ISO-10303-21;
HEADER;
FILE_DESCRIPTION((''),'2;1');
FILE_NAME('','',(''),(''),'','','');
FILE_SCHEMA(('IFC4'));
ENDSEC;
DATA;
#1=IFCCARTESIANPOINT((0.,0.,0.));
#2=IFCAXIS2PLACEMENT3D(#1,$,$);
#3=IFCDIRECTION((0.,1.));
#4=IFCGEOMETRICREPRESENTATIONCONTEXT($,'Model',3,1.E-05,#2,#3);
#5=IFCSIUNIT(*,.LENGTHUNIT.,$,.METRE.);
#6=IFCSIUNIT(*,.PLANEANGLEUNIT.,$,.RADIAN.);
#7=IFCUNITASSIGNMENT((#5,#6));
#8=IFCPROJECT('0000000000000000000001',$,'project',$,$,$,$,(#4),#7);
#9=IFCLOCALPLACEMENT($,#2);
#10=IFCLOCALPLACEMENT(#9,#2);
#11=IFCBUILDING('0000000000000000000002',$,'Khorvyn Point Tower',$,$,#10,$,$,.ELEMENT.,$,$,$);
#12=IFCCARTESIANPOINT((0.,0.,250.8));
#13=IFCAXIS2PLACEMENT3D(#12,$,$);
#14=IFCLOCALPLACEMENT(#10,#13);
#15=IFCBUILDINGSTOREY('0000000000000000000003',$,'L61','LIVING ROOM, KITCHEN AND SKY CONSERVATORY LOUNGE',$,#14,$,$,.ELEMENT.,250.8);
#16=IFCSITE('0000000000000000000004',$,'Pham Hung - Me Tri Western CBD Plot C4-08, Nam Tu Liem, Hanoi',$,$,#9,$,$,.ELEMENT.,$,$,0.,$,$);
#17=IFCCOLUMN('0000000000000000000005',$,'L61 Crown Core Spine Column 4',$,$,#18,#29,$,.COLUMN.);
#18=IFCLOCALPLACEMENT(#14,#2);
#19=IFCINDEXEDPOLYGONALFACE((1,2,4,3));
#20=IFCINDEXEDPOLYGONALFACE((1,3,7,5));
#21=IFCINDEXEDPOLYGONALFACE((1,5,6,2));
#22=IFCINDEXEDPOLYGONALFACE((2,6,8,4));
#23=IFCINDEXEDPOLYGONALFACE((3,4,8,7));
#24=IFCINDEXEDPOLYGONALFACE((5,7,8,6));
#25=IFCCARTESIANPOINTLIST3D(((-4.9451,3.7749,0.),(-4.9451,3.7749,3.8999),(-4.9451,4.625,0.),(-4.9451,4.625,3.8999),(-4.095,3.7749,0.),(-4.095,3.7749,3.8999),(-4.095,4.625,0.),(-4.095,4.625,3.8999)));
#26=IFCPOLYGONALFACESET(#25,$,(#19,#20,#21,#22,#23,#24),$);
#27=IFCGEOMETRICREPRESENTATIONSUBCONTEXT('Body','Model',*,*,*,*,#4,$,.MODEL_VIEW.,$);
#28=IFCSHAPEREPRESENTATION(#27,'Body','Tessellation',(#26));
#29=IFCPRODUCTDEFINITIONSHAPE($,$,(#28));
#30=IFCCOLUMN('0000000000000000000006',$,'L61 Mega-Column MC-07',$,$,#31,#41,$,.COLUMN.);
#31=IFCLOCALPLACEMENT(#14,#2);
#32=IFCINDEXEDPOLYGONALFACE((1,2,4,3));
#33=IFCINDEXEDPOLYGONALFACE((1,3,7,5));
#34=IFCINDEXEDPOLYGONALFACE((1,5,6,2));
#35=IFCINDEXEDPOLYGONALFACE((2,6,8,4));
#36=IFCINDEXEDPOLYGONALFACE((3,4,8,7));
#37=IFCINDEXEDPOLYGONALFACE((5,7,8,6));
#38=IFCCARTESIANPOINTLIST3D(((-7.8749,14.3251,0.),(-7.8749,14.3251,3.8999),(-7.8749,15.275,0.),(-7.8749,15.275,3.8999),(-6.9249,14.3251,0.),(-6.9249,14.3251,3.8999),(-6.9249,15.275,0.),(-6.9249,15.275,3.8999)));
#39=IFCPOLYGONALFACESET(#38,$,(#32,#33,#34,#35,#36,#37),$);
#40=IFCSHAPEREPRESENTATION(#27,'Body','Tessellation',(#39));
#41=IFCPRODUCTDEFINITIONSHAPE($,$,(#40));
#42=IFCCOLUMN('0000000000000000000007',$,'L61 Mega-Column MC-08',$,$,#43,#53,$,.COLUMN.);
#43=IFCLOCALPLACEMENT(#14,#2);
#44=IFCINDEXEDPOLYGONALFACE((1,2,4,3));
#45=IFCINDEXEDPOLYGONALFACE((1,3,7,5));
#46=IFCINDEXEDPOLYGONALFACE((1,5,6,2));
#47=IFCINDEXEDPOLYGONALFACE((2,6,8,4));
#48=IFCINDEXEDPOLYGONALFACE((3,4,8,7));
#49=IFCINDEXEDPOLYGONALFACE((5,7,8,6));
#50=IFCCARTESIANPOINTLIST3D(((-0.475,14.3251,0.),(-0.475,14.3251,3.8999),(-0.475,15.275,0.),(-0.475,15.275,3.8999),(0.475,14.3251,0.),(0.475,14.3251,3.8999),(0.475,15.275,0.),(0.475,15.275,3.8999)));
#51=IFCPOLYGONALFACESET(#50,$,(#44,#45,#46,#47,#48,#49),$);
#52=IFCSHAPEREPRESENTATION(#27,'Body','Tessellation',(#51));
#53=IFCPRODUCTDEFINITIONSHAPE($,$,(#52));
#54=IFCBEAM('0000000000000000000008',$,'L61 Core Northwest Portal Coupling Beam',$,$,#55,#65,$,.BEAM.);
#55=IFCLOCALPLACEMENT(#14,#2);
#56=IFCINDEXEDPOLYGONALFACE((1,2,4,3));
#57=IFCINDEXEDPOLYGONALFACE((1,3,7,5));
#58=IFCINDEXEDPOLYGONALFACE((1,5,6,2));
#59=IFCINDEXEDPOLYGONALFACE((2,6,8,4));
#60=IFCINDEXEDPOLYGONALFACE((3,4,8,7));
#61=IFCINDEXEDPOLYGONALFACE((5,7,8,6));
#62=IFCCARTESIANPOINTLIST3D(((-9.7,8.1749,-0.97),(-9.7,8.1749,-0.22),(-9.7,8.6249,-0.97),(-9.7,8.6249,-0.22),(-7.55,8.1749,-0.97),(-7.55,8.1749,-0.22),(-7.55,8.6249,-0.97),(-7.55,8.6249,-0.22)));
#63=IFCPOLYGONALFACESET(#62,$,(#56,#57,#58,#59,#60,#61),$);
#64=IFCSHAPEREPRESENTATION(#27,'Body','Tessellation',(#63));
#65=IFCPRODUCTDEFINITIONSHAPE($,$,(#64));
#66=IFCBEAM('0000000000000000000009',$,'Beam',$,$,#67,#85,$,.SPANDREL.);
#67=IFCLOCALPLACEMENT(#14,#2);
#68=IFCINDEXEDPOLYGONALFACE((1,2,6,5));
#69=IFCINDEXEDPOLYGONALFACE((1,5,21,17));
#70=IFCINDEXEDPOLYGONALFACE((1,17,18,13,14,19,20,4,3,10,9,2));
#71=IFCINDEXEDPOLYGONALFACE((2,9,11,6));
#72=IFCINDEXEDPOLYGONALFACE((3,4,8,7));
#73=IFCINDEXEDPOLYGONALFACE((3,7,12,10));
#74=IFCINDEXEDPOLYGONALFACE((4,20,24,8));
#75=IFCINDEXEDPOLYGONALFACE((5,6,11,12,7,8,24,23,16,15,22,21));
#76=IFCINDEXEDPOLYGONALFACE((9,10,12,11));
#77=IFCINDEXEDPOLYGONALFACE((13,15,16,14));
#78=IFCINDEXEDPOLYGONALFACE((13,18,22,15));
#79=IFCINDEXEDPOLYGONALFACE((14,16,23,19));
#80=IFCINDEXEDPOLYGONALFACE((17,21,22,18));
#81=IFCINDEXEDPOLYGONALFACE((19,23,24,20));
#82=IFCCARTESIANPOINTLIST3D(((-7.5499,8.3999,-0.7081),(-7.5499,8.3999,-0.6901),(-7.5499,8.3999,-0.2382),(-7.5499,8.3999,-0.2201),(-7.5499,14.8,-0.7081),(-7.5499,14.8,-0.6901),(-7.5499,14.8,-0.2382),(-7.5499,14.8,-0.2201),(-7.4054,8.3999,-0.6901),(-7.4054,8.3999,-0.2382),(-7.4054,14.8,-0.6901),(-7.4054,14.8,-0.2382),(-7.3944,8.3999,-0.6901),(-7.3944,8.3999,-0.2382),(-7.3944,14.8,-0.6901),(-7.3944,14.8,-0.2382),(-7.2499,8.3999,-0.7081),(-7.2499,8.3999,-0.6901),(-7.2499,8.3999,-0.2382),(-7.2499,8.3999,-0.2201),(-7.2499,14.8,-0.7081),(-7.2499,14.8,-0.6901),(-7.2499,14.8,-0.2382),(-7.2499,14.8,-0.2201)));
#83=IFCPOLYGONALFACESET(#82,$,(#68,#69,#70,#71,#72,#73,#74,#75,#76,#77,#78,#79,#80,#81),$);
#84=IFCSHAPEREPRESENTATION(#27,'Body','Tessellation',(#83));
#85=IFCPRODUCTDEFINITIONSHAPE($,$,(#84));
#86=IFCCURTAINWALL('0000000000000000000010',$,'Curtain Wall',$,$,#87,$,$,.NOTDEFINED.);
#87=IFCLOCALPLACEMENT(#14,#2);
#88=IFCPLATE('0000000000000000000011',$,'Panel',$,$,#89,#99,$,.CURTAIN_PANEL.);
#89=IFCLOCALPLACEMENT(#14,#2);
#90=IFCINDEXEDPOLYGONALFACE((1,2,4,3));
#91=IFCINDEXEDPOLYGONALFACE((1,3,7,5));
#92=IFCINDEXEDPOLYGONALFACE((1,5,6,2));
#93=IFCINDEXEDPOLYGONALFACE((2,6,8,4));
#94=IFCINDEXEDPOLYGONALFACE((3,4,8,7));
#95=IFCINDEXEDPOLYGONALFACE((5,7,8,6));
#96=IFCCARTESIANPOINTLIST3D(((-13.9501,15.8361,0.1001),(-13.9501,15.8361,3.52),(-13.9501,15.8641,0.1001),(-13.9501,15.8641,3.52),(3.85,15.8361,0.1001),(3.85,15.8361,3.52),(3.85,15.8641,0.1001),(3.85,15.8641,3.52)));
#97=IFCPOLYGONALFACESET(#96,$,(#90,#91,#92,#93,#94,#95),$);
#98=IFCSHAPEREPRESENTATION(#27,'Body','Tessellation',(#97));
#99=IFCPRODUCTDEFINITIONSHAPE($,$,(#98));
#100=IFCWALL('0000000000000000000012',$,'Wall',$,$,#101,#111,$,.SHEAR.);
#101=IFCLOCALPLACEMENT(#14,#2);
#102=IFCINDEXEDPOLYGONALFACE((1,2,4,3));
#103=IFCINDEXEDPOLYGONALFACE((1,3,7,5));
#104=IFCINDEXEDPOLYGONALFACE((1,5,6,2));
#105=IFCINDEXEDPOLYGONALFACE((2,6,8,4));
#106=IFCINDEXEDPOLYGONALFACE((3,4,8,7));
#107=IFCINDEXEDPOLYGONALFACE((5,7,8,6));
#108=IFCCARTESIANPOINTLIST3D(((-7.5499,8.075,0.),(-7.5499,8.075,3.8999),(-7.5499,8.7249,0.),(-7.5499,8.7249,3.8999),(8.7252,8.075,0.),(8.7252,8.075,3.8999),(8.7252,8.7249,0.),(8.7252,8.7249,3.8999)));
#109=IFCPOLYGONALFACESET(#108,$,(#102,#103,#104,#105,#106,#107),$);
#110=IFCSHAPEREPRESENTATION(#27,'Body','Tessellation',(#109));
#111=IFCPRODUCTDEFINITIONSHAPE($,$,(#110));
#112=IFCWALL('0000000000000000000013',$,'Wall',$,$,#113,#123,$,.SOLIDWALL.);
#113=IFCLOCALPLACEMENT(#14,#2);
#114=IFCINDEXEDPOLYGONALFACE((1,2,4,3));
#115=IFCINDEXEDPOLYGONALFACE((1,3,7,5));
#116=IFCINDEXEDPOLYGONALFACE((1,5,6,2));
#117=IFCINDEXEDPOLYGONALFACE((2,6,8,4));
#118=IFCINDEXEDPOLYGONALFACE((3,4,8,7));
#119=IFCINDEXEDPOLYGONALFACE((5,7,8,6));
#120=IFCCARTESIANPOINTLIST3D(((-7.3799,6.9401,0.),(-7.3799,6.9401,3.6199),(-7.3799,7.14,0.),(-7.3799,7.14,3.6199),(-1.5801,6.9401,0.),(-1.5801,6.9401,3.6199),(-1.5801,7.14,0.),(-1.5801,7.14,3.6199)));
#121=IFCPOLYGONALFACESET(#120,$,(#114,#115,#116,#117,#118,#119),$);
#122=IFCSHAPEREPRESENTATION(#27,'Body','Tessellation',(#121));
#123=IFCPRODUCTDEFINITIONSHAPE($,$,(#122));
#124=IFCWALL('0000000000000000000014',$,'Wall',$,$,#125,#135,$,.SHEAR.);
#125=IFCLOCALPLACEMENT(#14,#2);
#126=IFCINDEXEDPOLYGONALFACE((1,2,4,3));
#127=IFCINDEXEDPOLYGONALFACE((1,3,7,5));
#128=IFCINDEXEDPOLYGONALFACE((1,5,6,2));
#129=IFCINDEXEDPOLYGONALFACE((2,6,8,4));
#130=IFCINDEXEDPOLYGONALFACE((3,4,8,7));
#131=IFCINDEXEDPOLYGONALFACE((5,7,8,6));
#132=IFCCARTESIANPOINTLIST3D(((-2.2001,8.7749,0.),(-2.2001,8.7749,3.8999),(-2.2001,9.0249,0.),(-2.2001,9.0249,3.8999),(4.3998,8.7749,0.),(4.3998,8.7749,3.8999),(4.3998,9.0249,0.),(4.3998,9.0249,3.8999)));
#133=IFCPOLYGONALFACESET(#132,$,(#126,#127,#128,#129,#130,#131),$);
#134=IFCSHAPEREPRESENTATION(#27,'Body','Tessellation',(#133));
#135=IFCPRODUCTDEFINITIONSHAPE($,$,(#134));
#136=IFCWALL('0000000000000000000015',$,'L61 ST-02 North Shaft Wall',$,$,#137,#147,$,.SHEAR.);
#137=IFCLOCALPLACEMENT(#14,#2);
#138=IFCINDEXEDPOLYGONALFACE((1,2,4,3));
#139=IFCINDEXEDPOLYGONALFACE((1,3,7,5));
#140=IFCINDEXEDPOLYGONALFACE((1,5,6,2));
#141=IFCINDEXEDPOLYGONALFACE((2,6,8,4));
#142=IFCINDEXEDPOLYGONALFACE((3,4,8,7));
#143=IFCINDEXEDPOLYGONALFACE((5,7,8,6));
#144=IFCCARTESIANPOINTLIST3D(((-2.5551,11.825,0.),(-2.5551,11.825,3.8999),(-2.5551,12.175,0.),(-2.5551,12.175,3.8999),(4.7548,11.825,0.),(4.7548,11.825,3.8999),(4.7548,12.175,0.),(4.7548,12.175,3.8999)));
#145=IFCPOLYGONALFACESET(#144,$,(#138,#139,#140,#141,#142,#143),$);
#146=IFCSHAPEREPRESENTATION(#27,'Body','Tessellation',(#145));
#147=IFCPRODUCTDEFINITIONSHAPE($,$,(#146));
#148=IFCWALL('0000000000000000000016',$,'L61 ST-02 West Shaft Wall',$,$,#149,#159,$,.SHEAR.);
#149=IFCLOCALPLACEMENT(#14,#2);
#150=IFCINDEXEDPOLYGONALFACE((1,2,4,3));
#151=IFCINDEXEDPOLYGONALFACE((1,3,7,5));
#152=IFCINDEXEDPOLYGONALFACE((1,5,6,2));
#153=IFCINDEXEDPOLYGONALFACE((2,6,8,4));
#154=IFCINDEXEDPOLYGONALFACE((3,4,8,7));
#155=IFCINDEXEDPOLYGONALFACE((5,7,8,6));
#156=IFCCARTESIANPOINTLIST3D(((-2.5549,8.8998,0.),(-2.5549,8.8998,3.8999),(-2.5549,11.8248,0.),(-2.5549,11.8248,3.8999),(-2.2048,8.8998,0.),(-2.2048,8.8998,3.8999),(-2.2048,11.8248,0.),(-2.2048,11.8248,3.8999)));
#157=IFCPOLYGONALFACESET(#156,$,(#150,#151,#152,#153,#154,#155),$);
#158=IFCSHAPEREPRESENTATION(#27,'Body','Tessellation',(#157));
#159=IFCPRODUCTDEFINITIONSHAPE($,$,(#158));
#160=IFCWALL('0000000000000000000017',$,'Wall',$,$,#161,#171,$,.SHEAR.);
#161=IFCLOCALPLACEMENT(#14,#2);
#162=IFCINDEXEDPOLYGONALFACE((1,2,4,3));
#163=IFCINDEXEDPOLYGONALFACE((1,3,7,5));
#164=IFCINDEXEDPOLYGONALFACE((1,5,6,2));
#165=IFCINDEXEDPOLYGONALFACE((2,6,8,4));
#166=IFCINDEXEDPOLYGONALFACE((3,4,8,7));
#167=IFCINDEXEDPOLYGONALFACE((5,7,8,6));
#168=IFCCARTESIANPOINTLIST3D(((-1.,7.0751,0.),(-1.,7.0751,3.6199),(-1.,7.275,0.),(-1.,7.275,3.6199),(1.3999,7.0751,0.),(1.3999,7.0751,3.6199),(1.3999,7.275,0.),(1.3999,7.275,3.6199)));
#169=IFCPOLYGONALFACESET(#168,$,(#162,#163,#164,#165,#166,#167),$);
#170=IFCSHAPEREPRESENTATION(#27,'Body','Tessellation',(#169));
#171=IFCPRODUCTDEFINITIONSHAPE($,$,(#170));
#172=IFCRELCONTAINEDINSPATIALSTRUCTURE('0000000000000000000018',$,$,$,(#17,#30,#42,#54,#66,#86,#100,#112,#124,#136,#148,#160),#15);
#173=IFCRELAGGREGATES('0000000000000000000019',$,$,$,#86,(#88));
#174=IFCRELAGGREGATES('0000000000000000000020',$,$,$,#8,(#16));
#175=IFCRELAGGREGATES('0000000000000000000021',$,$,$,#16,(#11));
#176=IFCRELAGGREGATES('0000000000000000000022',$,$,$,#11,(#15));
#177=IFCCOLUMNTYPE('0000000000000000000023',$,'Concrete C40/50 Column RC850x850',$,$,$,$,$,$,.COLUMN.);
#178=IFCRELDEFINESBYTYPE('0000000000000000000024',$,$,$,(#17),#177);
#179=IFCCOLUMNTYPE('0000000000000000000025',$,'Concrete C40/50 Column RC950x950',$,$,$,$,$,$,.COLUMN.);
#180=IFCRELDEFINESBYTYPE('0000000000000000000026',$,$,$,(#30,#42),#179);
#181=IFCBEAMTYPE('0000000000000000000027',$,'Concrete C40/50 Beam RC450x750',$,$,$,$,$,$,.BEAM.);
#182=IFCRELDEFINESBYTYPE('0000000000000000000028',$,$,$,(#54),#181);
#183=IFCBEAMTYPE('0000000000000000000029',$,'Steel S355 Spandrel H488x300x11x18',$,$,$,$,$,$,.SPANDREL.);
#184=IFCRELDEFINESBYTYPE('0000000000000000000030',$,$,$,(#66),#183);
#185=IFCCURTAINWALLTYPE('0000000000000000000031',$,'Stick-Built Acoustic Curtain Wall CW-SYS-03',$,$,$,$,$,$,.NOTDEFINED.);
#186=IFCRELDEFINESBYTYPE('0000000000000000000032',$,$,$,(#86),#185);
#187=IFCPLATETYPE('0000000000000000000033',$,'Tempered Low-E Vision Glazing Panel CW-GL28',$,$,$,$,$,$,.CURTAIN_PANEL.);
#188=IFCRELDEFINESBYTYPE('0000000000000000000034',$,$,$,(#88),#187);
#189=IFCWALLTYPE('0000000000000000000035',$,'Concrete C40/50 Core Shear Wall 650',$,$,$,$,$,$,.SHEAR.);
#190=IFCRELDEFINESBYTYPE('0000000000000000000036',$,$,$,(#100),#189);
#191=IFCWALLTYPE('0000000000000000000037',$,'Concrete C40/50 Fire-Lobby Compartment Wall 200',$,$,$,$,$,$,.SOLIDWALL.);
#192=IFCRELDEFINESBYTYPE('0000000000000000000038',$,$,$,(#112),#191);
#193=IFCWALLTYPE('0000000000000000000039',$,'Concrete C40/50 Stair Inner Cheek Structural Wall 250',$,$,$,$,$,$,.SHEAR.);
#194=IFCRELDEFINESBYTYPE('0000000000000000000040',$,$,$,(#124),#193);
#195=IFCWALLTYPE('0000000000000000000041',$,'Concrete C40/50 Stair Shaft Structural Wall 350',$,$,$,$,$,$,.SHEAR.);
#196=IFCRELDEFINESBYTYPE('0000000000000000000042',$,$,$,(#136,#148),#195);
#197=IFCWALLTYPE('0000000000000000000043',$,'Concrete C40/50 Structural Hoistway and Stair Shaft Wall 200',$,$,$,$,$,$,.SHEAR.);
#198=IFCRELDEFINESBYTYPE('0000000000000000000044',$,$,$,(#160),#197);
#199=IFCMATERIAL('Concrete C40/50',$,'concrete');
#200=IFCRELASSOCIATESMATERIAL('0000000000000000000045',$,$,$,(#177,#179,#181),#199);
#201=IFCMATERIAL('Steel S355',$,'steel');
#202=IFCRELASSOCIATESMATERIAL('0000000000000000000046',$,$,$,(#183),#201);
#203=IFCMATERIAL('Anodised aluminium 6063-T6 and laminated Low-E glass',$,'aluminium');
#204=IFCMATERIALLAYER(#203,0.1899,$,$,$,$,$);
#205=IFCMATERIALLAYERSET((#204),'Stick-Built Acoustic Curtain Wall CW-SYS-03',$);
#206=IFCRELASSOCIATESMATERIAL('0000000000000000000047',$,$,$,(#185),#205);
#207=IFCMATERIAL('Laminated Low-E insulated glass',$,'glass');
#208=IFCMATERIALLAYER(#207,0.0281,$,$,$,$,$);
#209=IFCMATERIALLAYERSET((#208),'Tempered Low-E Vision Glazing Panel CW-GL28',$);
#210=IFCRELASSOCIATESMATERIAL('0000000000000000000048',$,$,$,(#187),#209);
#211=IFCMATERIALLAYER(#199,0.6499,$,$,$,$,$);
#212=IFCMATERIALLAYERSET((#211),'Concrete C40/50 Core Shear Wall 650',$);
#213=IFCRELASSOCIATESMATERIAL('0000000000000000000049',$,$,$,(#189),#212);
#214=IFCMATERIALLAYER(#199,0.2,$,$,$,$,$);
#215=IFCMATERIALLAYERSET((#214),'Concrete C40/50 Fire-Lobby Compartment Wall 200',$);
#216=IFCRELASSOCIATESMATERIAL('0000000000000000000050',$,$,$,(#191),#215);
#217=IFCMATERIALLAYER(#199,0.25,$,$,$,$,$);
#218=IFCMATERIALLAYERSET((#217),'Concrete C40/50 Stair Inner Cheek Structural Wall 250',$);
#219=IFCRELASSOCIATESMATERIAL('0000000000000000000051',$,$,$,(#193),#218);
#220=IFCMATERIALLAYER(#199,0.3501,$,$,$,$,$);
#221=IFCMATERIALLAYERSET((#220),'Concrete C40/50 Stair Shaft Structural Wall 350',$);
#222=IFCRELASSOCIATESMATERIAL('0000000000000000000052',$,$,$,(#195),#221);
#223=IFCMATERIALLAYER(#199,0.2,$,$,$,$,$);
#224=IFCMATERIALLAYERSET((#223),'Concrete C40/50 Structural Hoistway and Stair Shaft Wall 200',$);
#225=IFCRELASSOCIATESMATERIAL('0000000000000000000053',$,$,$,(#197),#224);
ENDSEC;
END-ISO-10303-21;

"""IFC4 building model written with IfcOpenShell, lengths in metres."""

from ifc_helpers import new_model, si_unit, direction, frame, frame_2d, origin, origin_2d, place, context, subcontext, project, spatial, rectangle, i_section, extrude, material, layer, layer_set, material_profile, profile_set, type_object, element, aggregate, save


model = new_model("IFC4")

# Units and contexts
model_context = context("Model", 3, precision=1e-05, world=origin(), true_north=direction((0.0, 1.0)))
body_context = subcontext(model_context, "Body", "Model", "MODEL_VIEW")
ifc_project = project(units=[si_unit("LENGTHUNIT", "METRE"), si_unit("PLANEANGLEUNIT", "RADIAN")], contexts=[model_context])

# Site, building, storey
site_placement = place(None, origin())
site = spatial("IfcSite", under=ifc_project, at=site_placement, Name="Pham Hung - Me Tri Western CBD Plot C4-08, Nam Tu Liem, Hanoi", CompositionType="ELEMENT", RefElevation=0.0)
building_placement = place(site_placement, origin())
building = spatial("IfcBuilding", under=site, at=building_placement, Name="Khorvyn Point Tower", CompositionType="ELEMENT")
storey_placement = place(building_placement, frame((0.0, 0.0, 250.8)))
storey = spatial("IfcBuildingStorey", under=building, at=storey_placement, Name="L61", Description="LIVING ROOM, KITCHEN AND SKY CONSERVATORY LOUNGE", CompositionType="ELEMENT", Elevation=250.8)

# Columns
ifc_material_1 = material(Name="Concrete C40/50", Category="concrete")
ifc_material_profile_1 = material_profile(ifc_material_1, rectangle(XDim=0.8501, YDim=0.8501, at=origin_2d()))
ifc_profile_set_1 = profile_set([ifc_material_profile_1], Name="Concrete C40/50 RC850x850")
column_type_1 = type_object("IfcColumnType", Name="Concrete C40/50 Column RC850x850", PredefinedType="COLUMN", material=ifc_profile_set_1)
column_placement = place(storey_placement, frame((-4.52, 4.2, 0.0), z_axis=(0.0, 0.0, 1.0), x_axis=(1.0, 0.0, 0.0)))
element("IfcColumn", 1, at=column_placement, inside=storey, type_object=column_type_1, Name="L61 Crown Core Spine Column 4", PredefinedType="COLUMN", context=body_context, shape_type="SweptSolid", body=[
    extrude(rectangle(XDim=0.8501, YDim=0.8501, at=origin_2d()), origin(), (0.0, 0.0, 1.0), 3.8999),
])
ifc_material_profile_2 = material_profile(ifc_material_1, rectangle(XDim=0.95, YDim=0.95, at=origin_2d()))
ifc_profile_set_2 = profile_set([ifc_material_profile_2], Name="Concrete C40/50 RC950x950")
column_type_2 = type_object("IfcColumnType", Name="Concrete C40/50 Column RC950x950", PredefinedType="COLUMN", material=ifc_profile_set_2)
for number, where, z_axis, x_axis, name in (
    (2, (-7.3999, 14.8, 0.0), (0.0, 0.0, 1.0), (1.0, 0.0, 0.0), "L61 Mega-Column MC-07"),
    (3, (0.0, 14.8, 0.0), (0.0, 0.0, 1.0), (1.0, 0.0, 0.0), "L61 Mega-Column MC-08"),
):
    element("IfcColumn", number, at=place(storey_placement, frame(where, z_axis=z_axis, x_axis=x_axis)), inside=storey, type_object=column_type_2, Name=name, PredefinedType="COLUMN", context=body_context, shape_type="SweptSolid", body=[
        extrude(rectangle(XDim=0.95, YDim=0.95, at=origin_2d()), origin(), (0.0, 0.0, 1.0), 3.8999),
    ])

# Beams
ifc_material_profile_3 = material_profile(ifc_material_1, rectangle(XDim=0.45, YDim=0.75, at=origin_2d()))
ifc_profile_set_3 = profile_set([ifc_material_profile_3], Name="Concrete C40/50 RC450x750")
beam_type_1 = type_object("IfcBeamType", Name="Concrete C40/50 Beam RC450x750", PredefinedType="BEAM", material=ifc_profile_set_3)
beam_1_placement = place(storey_placement, frame((-9.7, 8.3999, -0.595), z_axis=(1.0, 0.0, 0.0), x_axis=(0.0, 1.0, 0.0)))
element("IfcBeam", 4, at=beam_1_placement, inside=storey, type_object=beam_type_1, Name="L61 Core Northwest Portal Coupling Beam", PredefinedType="BEAM", context=body_context, shape_type="SweptSolid", body=[
    extrude(rectangle(XDim=0.45, YDim=0.75, at=origin_2d()), origin(), (0.0, 0.0, 1.0), 2.1499),
])
ifc_material_2 = material(Name="Steel S355", Category="steel")
ifc_material_profile_4 = material_profile(ifc_material_2, i_section(OverallWidth=0.3, OverallDepth=0.488, WebThickness=0.011, FlangeThickness=0.0181, at=origin_2d()))
ifc_profile_set_4 = profile_set([ifc_material_profile_4], Name="Steel S355 H488x300x11x18")
beam_type_2 = type_object("IfcBeamType", Name="Steel S355 Spandrel H488x300x11x18", PredefinedType="SPANDREL", material=ifc_profile_set_4)
beam_2_placement = place(storey_placement, frame((-7.3999, 8.3999, -0.4641), z_axis=(0.0, 1.0, 0.0), x_axis=(-1.0, 0.0, 0.0)))
element("IfcBeam", 5, at=beam_2_placement, inside=storey, type_object=beam_type_2, Name="Beam", PredefinedType="SPANDREL", context=body_context, shape_type="SweptSolid", body=[
    extrude(i_section(OverallWidth=0.3, OverallDepth=0.488, WebThickness=0.011, FlangeThickness=0.0181, at=origin_2d()), origin(), (0.0, 0.0, 1.0), 6.4001),
])

# Curtain wall, plate
ifc_material_3 = material(Name="Anodised aluminium 6063-T6 and laminated Low-E glass", Category="aluminium")
ifc_layer_1 = layer(ifc_material_3, 0.1899)
ifc_layer_set_1 = layer_set([ifc_layer_1], Name="Stick-Built Acoustic Curtain Wall CW-SYS-03")
curtain_wall_type = type_object("IfcCurtainWallType", Name="Stick-Built Acoustic Curtain Wall CW-SYS-03", PredefinedType="NOTDEFINED", material=ifc_layer_set_1)
curtain_wall_placement = place(storey_placement, origin())
curtain_wall = element("IfcCurtainWall", 6, at=curtain_wall_placement, inside=storey, type_object=curtain_wall_type, Name="Curtain Wall", PredefinedType="NOTDEFINED")
ifc_material_4 = material(Name="Laminated Low-E insulated glass", Category="glass")
ifc_layer_2 = layer(ifc_material_4, 0.0281)
ifc_layer_set_2 = layer_set([ifc_layer_2], Name="Tempered Low-E Vision Glazing Panel CW-GL28")
plate_type = type_object("IfcPlateType", Name="Tempered Low-E Vision Glazing Panel CW-GL28", PredefinedType="CURTAIN_PANEL", material=ifc_layer_set_2)
plate_placement = place(storey_placement, frame((-5.05, 15.8501, 0.1001), z_axis=(0.0, 0.0, 1.0), x_axis=(1.0, 0.0, 0.0)))
plate = element("IfcPlate", 7, at=plate_placement, type_object=plate_type, Name="Panel", PredefinedType="CURTAIN_PANEL", context=body_context, shape_type="SweptSolid", body=[
    extrude(rectangle(XDim=17.8, YDim=0.0281, at=origin_2d()), origin(), (0.0, 0.0, 1.0), 3.4199),
])
aggregate(curtain_wall, [plate])

# Wall
ifc_layer_3 = layer(ifc_material_1, 0.6499)
ifc_layer_set_3 = layer_set([ifc_layer_3], Name="Concrete C40/50 Core Shear Wall 650")
wall_type_1 = type_object("IfcWallType", Name="Concrete C40/50 Core Shear Wall 650", PredefinedType="SHEAR", material=ifc_layer_set_3)
wall_1_placement = place(storey_placement, frame((-7.55, 8.3999, 0.0), z_axis=(0.0, 0.0, 1.0), x_axis=(1.0, 0.0, 0.0)))
element("IfcWall", 8, at=wall_1_placement, inside=storey, type_object=wall_type_1, Name="Wall", PredefinedType="SHEAR", context=body_context, shape_type="SweptSolid", body=[
    extrude(rectangle(XDim=16.2751, YDim=0.6499, at=frame_2d((8.1377, 0.0))), origin(), (0.0, 0.0, 1.0), 3.8999),
])

# Shared definitions
ifc_layer_4 = layer(ifc_material_1, 0.2)
ifc_layer_set_4 = layer_set([ifc_layer_4], Name="Concrete C40/50 Fire-Lobby Compartment Wall 200")
wall_type_2 = type_object("IfcWallType", Name="Concrete C40/50 Fire-Lobby Compartment Wall 200", PredefinedType="SOLIDWALL", material=ifc_layer_set_4)

# Walls
wall_2_placement = place(storey_placement, frame((-7.3799, 7.04, 0.0), z_axis=(0.0, 0.0, 1.0), x_axis=(1.0, 0.0, 0.0)))
element("IfcWall", 9, at=wall_2_placement, inside=storey, type_object=wall_type_2, Name="Wall", PredefinedType="SOLIDWALL", context=body_context, shape_type="SweptSolid", body=[
    extrude(rectangle(XDim=5.7998, YDim=0.2, at=frame_2d((2.8999, 0.0))), origin(), (0.0, 0.0, 1.0), 3.6199),
])
ifc_layer_5 = layer(ifc_material_1, 0.25)
ifc_layer_set_5 = layer_set([ifc_layer_5], Name="Concrete C40/50 Stair Inner Cheek Structural Wall 250")
wall_type_3 = type_object("IfcWallType", Name="Concrete C40/50 Stair Inner Cheek Structural Wall 250", PredefinedType="SHEAR", material=ifc_layer_set_5)
wall_3_placement = place(storey_placement, frame((-2.2, 8.8999, 0.0), z_axis=(0.0, 0.0, 1.0), x_axis=(1.0, 0.0, 0.0)))
element("IfcWall", 10, at=wall_3_placement, inside=storey, type_object=wall_type_3, Name="Wall", PredefinedType="SHEAR", context=body_context, shape_type="SweptSolid", body=[
    extrude(rectangle(XDim=6.5999, YDim=0.25, at=frame_2d((3.2998, 0.0))), origin(), (0.0, 0.0, 1.0), 3.8999),
])
ifc_layer_6 = layer(ifc_material_1, 0.3501)
ifc_layer_set_6 = layer_set([ifc_layer_6], Name="Concrete C40/50 Stair Shaft Structural Wall 350")
wall_type_4 = type_object("IfcWallType", Name="Concrete C40/50 Stair Shaft Structural Wall 350", PredefinedType="SHEAR", material=ifc_layer_set_6)
wall_4_placement = place(storey_placement, frame((-2.5549, 12.0, 0.0), z_axis=(0.0, 0.0, 1.0), x_axis=(1.0, 0.0, 0.0)))
element("IfcWall", 11, at=wall_4_placement, inside=storey, type_object=wall_type_4, Name="L61 ST-02 North Shaft Wall", PredefinedType="SHEAR", context=body_context, shape_type="SweptSolid", body=[
    extrude(rectangle(XDim=7.3098, YDim=0.3501, at=frame_2d((3.6548, 0.0))), origin(), (0.0, 0.0, 1.0), 3.8999),
])
wall_5_placement = place(storey_placement, frame((-2.3799, 8.8999, 0.0), z_axis=(0.0, 0.0, 1.0), x_axis=(0.0, 1.0, 0.0)))
element("IfcWall", 12, at=wall_5_placement, inside=storey, type_object=wall_type_4, Name="L61 ST-02 West Shaft Wall", PredefinedType="SHEAR", context=body_context, shape_type="SweptSolid", body=[
    extrude(rectangle(XDim=2.925, YDim=0.3501, at=frame_2d((1.4624, 0.0))), origin(), (0.0, 0.0, 1.0), 3.8999),
])
ifc_layer_7 = layer(ifc_material_1, 0.2)
ifc_layer_set_7 = layer_set([ifc_layer_7], Name="Concrete C40/50 Structural Hoistway and Stair Shaft Wall 200")
wall_type_5 = type_object("IfcWallType", Name="Concrete C40/50 Structural Hoistway and Stair Shaft Wall 200", PredefinedType="SHEAR", material=ifc_layer_set_7)
wall_6_placement = place(storey_placement, frame((-1.0, 7.175, 0.0), z_axis=(0.0, 0.0, 1.0), x_axis=(1.0, 0.0, 0.0)))
element("IfcWall", 13, at=wall_6_placement, inside=storey, type_object=wall_type_5, Name="Wall", PredefinedType="SHEAR", context=body_context, shape_type="SweptSolid", body=[
    extrude(rectangle(XDim=2.3999, YDim=0.2, at=frame_2d((1.2, 0.0))), origin(), (0.0, 0.0, 1.0), 3.6199),
])

save(model, "model.ifc")
